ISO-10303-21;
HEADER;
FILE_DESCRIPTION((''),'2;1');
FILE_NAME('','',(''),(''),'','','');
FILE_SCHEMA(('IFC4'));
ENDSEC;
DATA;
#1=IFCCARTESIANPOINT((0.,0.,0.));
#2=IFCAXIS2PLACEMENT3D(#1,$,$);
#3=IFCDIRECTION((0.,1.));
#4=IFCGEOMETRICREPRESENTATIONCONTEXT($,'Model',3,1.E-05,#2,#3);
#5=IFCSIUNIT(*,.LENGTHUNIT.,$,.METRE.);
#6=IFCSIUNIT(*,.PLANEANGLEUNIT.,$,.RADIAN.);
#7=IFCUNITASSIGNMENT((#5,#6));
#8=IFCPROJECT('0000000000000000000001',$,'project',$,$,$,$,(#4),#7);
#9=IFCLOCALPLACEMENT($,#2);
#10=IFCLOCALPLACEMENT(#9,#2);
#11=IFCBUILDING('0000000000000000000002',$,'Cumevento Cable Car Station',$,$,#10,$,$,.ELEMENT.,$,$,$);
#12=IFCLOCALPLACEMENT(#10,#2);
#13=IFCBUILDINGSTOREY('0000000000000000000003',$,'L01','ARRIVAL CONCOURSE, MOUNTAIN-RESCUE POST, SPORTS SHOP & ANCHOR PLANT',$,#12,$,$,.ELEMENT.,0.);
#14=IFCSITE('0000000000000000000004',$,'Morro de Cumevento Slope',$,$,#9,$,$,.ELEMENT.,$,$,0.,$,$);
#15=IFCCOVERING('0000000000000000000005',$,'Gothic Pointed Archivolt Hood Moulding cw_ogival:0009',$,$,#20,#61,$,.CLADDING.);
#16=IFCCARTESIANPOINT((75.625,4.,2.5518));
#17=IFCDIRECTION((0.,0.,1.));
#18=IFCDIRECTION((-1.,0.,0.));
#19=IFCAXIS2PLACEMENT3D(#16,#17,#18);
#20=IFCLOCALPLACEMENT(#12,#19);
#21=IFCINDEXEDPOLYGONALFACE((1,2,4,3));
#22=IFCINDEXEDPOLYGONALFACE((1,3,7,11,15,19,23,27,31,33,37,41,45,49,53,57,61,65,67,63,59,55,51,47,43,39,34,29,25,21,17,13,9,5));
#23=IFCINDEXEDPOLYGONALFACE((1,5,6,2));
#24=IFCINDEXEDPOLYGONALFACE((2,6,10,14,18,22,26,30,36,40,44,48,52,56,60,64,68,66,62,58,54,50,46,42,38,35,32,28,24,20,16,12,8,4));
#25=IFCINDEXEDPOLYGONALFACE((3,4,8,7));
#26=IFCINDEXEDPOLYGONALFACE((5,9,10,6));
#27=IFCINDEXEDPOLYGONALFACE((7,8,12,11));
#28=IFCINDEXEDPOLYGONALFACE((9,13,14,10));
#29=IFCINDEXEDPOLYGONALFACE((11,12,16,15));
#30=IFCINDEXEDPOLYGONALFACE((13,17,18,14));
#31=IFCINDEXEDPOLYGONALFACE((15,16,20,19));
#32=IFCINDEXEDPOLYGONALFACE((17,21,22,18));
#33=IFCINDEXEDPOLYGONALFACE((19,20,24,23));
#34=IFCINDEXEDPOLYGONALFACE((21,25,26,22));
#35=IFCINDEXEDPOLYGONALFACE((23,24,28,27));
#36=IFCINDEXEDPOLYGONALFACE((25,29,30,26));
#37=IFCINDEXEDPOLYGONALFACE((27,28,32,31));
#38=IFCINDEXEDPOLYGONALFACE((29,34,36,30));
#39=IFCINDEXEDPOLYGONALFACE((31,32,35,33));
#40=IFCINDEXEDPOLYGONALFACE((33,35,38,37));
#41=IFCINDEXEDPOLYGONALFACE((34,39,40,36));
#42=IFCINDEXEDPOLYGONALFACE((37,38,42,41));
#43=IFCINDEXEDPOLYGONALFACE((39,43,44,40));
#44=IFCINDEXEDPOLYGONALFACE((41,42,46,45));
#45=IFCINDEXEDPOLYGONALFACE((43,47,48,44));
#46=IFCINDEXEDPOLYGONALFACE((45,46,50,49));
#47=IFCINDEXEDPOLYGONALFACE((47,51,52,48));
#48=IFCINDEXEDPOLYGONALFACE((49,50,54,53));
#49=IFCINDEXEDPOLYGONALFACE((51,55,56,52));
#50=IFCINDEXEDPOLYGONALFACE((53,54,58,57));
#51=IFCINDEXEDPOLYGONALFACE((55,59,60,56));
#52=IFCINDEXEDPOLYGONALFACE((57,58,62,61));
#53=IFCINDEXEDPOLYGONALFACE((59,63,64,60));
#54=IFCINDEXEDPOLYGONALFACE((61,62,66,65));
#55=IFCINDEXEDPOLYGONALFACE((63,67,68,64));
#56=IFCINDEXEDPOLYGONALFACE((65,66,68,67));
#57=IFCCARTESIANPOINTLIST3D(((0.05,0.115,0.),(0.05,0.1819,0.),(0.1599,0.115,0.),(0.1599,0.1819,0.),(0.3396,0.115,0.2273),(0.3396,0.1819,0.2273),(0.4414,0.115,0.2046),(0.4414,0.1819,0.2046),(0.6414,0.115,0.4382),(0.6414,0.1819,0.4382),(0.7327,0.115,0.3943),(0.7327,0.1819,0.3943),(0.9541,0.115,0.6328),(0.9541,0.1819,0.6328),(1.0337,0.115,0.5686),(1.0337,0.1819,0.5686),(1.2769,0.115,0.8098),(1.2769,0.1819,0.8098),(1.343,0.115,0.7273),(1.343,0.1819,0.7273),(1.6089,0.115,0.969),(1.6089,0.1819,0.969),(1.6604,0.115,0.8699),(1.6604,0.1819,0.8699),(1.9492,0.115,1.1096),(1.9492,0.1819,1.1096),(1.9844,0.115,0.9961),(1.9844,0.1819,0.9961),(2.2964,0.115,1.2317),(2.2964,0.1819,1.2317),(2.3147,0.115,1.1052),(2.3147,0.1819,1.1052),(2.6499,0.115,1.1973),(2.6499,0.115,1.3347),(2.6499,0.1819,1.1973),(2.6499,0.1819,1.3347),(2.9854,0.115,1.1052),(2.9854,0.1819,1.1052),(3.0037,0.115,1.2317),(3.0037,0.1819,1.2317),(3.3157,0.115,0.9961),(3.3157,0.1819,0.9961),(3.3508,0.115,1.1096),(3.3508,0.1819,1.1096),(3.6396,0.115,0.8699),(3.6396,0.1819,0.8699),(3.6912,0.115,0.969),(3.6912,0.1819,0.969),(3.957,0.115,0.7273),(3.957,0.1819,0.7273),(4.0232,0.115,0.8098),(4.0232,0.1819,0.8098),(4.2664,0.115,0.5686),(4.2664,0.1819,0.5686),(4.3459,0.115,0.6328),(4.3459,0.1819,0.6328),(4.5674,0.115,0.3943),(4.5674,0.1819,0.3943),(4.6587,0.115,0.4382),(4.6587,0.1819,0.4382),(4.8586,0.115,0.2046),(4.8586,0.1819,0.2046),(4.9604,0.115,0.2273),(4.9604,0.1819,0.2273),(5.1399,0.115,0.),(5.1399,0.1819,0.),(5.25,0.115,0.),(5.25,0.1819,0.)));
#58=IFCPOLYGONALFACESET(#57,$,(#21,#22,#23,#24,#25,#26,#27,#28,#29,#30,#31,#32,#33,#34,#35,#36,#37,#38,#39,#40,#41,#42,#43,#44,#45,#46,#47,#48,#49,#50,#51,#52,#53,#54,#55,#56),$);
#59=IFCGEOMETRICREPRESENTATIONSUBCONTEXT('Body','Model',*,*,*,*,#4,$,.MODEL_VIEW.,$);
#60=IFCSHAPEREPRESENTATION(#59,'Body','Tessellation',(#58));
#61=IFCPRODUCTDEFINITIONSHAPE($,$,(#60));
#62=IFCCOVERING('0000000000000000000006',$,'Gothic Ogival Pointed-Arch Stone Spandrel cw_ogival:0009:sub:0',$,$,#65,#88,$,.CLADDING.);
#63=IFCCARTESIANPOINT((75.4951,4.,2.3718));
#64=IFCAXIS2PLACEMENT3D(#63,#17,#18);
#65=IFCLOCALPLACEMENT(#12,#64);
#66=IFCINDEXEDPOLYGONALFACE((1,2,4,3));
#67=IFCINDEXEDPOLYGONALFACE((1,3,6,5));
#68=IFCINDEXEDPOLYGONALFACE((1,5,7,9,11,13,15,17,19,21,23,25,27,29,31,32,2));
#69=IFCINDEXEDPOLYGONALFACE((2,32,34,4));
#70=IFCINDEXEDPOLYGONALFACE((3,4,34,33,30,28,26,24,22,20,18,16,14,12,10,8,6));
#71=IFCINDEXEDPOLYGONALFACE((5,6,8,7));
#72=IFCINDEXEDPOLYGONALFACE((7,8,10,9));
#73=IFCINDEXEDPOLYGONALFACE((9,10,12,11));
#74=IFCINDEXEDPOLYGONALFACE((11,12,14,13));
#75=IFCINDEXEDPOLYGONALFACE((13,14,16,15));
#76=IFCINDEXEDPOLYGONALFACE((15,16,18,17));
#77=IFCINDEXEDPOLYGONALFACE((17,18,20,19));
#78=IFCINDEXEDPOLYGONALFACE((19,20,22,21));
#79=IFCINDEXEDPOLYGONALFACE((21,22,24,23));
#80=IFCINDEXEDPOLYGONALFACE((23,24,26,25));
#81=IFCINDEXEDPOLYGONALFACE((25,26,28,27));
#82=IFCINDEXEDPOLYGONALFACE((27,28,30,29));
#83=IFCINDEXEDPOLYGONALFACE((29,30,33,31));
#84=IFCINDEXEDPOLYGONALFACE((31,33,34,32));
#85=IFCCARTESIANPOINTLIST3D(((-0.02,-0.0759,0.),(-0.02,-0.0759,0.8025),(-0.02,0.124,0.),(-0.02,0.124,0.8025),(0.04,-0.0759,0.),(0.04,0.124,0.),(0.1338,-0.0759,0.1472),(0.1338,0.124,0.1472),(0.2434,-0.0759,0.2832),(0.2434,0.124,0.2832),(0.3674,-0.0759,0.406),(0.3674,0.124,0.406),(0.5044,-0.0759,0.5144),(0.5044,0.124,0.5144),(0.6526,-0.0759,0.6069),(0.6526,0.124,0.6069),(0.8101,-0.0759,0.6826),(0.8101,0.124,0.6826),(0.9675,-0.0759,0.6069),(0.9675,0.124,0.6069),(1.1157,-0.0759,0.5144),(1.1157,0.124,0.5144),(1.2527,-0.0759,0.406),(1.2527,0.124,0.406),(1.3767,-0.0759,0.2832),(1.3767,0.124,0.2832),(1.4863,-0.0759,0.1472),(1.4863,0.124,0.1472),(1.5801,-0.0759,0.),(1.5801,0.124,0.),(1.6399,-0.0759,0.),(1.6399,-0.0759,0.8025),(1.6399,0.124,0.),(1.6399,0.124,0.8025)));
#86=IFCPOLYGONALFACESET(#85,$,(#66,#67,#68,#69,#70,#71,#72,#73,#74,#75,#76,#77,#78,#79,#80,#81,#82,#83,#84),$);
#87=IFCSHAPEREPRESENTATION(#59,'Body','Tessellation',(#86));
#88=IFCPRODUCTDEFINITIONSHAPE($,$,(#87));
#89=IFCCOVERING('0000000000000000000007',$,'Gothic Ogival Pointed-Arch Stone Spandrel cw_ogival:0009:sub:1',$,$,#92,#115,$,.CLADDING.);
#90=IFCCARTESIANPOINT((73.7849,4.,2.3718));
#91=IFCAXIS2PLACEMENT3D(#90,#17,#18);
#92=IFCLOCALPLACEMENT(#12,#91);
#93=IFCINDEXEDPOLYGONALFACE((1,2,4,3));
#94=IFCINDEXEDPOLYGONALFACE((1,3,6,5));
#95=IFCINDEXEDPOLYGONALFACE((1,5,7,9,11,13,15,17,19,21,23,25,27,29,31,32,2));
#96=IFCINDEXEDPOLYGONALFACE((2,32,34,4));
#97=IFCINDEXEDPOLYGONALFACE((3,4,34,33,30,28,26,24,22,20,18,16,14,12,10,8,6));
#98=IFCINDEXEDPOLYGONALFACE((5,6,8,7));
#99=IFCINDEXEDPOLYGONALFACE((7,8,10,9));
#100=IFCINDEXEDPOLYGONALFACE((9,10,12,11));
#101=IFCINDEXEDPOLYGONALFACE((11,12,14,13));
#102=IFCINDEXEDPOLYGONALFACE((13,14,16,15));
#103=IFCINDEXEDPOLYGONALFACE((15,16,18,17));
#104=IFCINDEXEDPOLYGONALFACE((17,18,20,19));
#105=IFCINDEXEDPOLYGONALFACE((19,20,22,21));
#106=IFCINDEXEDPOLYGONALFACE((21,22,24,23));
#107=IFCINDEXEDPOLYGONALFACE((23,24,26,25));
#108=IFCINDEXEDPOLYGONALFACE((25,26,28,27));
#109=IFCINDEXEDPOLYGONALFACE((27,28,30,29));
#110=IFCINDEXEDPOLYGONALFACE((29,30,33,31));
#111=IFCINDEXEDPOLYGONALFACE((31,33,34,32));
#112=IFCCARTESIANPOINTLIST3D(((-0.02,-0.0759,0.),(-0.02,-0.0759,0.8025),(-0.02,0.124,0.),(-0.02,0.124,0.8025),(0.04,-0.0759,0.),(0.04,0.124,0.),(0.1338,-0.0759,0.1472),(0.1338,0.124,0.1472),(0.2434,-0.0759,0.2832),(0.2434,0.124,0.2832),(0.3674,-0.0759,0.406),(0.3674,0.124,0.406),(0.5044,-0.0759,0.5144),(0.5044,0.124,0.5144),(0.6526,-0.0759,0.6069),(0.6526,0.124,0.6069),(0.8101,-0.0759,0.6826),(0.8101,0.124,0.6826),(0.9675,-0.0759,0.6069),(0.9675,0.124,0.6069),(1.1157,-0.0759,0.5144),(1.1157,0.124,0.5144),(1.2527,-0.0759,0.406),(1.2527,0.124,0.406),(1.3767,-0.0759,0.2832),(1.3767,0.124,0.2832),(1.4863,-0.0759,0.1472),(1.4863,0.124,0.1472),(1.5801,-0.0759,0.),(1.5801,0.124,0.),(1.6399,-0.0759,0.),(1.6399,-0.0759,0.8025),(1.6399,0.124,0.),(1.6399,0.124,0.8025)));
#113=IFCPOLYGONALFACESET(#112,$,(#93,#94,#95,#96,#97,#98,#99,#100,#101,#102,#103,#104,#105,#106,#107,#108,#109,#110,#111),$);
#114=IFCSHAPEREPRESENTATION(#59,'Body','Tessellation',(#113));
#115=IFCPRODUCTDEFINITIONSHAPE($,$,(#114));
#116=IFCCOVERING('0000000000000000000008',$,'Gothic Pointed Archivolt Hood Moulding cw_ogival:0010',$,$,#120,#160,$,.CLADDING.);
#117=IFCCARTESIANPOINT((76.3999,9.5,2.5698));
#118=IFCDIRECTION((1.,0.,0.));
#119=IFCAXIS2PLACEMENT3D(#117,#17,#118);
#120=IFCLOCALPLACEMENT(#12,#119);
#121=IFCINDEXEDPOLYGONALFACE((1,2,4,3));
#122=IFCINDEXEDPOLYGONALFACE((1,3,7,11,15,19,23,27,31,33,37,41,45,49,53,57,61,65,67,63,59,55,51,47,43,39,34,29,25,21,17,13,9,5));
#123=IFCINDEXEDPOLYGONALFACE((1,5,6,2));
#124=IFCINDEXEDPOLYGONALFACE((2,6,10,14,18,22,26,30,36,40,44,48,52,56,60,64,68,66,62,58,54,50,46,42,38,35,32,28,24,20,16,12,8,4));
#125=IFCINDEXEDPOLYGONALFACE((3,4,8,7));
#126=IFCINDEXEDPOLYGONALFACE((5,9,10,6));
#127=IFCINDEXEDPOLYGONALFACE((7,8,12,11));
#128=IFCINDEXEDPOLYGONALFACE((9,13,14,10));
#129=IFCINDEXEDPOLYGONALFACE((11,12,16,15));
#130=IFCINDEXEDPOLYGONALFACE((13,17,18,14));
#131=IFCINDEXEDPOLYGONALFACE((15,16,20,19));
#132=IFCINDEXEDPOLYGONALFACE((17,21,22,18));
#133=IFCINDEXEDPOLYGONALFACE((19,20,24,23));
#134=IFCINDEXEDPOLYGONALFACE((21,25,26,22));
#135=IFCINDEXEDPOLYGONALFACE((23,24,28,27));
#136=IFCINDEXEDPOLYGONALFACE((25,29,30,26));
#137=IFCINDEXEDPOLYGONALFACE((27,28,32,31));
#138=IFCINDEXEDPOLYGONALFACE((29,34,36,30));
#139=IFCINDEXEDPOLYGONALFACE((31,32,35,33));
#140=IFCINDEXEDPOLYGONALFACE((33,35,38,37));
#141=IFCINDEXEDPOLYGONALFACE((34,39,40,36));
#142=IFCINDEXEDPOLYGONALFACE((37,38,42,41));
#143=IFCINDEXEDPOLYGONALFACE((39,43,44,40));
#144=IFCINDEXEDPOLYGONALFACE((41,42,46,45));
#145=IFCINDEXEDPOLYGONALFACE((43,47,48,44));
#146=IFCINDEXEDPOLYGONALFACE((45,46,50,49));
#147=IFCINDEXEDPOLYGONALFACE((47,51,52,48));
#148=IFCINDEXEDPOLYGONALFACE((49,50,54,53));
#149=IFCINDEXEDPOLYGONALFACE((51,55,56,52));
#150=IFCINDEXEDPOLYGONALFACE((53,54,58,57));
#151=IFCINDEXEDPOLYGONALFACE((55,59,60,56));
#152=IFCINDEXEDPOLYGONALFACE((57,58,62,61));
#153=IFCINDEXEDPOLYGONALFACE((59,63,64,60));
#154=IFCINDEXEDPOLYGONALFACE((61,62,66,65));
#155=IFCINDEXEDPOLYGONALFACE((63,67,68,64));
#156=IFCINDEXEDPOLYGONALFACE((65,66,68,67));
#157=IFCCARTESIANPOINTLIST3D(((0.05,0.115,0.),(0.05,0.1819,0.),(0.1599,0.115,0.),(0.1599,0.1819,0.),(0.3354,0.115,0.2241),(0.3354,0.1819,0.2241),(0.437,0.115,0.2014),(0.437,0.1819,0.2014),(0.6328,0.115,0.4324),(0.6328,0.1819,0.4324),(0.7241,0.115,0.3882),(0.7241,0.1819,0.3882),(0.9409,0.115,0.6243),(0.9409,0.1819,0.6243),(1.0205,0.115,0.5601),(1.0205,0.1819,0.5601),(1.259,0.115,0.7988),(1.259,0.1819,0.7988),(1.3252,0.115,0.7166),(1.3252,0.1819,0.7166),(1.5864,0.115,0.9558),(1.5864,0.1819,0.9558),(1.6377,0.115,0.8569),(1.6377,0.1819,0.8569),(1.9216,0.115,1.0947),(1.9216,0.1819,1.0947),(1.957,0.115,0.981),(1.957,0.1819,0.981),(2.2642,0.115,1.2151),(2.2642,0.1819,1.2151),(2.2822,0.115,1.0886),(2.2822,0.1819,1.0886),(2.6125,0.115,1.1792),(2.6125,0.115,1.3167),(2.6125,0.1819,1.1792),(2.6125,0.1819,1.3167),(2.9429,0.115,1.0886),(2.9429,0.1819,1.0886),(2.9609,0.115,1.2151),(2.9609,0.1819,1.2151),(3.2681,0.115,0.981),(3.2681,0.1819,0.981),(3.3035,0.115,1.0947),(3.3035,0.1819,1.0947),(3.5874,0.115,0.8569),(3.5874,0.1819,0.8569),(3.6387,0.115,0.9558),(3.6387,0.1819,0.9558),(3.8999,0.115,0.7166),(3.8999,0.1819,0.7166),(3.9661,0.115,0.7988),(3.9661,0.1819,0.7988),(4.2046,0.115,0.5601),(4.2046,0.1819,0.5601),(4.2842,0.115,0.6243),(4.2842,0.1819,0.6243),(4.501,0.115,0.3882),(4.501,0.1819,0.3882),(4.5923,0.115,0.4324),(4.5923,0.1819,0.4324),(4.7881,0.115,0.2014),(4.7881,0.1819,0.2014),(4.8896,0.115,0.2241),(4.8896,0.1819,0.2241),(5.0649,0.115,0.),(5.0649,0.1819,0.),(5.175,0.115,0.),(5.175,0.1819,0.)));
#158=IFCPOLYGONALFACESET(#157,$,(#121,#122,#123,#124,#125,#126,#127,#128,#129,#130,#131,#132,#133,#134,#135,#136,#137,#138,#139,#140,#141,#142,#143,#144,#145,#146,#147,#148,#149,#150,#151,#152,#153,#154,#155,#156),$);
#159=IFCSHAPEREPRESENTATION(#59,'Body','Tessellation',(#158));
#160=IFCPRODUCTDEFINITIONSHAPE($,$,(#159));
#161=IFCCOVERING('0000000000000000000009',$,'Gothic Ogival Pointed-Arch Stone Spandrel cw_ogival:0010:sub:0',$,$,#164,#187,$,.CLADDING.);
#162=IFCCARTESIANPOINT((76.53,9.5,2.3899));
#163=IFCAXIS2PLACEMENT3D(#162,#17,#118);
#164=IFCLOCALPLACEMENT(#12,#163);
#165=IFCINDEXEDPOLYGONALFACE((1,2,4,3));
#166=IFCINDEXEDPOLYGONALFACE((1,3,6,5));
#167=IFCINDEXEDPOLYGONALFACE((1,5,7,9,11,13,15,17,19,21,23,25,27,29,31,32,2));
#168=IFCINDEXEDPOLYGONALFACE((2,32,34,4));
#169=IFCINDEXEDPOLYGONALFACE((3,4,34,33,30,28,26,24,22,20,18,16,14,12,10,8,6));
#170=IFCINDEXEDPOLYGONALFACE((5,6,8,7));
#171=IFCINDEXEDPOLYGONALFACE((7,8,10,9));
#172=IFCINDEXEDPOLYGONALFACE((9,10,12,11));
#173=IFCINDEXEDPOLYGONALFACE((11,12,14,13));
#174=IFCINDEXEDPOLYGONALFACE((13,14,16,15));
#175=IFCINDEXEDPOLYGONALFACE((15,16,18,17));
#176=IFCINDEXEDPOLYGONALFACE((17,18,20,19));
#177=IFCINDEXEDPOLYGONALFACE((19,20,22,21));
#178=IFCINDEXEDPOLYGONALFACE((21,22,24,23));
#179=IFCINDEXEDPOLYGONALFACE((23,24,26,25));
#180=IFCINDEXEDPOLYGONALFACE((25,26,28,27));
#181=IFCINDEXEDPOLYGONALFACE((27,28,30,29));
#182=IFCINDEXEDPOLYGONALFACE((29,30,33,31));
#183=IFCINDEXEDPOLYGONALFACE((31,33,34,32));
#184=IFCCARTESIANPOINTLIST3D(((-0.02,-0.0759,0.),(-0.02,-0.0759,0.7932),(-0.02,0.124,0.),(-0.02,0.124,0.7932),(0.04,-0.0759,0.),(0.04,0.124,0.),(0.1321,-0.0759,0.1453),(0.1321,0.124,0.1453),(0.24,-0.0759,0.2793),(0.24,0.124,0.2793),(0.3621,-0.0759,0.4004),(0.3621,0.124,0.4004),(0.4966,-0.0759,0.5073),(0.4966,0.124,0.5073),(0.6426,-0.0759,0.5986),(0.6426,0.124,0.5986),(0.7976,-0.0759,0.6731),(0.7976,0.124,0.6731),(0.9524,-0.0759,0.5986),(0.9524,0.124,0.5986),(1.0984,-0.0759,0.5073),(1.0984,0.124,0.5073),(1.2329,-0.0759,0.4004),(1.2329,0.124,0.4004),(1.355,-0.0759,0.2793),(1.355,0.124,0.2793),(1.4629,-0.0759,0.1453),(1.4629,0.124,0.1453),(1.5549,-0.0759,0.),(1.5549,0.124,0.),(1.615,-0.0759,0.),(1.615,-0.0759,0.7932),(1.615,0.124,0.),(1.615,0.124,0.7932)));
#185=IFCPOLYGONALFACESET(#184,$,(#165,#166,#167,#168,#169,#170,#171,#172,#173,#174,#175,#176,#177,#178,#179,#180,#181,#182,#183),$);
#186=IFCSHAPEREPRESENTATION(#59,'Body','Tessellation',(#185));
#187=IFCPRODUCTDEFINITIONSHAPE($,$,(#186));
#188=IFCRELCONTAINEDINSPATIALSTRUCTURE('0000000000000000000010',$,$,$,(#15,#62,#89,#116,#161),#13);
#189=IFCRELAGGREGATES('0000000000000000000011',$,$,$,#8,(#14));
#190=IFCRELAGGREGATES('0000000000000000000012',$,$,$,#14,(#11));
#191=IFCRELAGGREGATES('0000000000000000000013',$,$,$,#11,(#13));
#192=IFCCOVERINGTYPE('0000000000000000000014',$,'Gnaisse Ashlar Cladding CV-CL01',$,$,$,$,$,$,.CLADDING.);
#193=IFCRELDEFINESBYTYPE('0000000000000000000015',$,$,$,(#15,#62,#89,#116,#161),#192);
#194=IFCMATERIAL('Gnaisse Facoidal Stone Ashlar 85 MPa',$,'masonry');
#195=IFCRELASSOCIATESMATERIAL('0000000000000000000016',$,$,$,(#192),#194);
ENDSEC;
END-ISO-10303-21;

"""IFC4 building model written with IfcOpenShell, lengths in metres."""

from ifc_helpers import new_model, si_unit, direction, frame, origin, place, context, subcontext, project, spatial, polyline, outline, extrude, material, type_object, element, save


model = new_model("IFC4")

# Units and contexts
model_context = context("Model", 3, precision=1e-05, world=origin(), true_north=direction((0.0, 1.0)))
body_context = subcontext(model_context, "Body", "Model", "MODEL_VIEW")
ifc_project = project(units=[si_unit("LENGTHUNIT", "METRE"), si_unit("PLANEANGLEUNIT", "RADIAN")], contexts=[model_context])

# Site, building, storey
site_placement = place(None, origin())
site = spatial("IfcSite", under=ifc_project, at=site_placement, Name="Morro de Cumevento Slope", CompositionType="ELEMENT", RefElevation=0.0)
building_placement = place(site_placement, origin())
building = spatial("IfcBuilding", under=site, at=building_placement, Name="Cumevento Cable Car Station", CompositionType="ELEMENT")
storey_placement = place(building_placement, origin())
storey = spatial("IfcBuildingStorey", under=building, at=storey_placement, Name="L01", Description="ARRIVAL CONCOURSE, MOUNTAIN-RESCUE POST, SPORTS SHOP & ANCHOR PLANT", CompositionType="ELEMENT", Elevation=0.0)

# Coverings
ifc_material_1 = material(Name="Gnaisse Facoidal Stone Ashlar 85 MPa", Category="masonry")
covering_type = type_object("IfcCoveringType", Name="Gnaisse Ashlar Cladding CV-CL01", PredefinedType="CLADDING", material=ifc_material_1)
covering_1_placement = place(storey_placement, frame((75.625, 4.0, 2.5518), z_axis=(0.0, 0.0, 1.0), x_axis=(-1.0, 0.0, 0.0)))
element("IfcCovering", 1, at=covering_1_placement, inside=storey, type_object=covering_type, Name="Gothic Pointed Archivolt Hood Moulding cw_ogival:0009", PredefinedType="CLADDING", context=body_context, shape_type="SweptSolid", body=[
    extrude(outline(polyline([(0.1599, 0.0), (0.4414, 0.2046), (0.7327, 0.3943), (1.0337, 0.5686), (1.343, 0.7273), (1.6604, 0.8699), (1.9844, 0.9961), (2.3147, 1.1052), (2.6499, 1.1973), (2.9854, 1.1052), (3.3157, 0.9961), (3.6396, 0.8699), (3.957, 0.7273), (4.2664, 0.5686), (4.5674, 0.3943), (4.8586, 0.2046), (5.1399, 0.0), (5.25, 0.0), (4.9604, 0.2273), (4.6587, 0.4382), (4.3459, 0.6328), (4.0232, 0.8098), (3.6912, 0.969), (3.3508, 1.1096), (3.0037, 1.2317), (2.6499, 1.3347), (2.2964, 1.2317), (1.9492, 1.1096), (1.6089, 0.969), (1.2769, 0.8098), (0.9541, 0.6328), (0.6414, 0.4382), (0.3396, 0.2273), (0.05, 0.0), (0.1599, 0.0)])), frame((0.0, 0.1819, 0.0), z_axis=(0.0, -1.0, 0.0), x_axis=(1.0, 0.0, 0.0)), (0.0, 0.0, 1.0), 0.0669),
])
for number, where, z_axis, x_axis, name in (
    (2, (75.4951, 4.0, 2.3718), (0.0, 0.0, 1.0), (-1.0, 0.0, 0.0), "Gothic Ogival Pointed-Arch Stone Spandrel cw_ogival:0009:sub:0"),
    (3, (73.7849, 4.0, 2.3718), (0.0, 0.0, 1.0), (-1.0, 0.0, 0.0), "Gothic Ogival Pointed-Arch Stone Spandrel cw_ogival:0009:sub:1"),
):
    element("IfcCovering", number, at=place(storey_placement, frame(where, z_axis=z_axis, x_axis=x_axis)), inside=storey, type_object=covering_type, Name=name, PredefinedType="CLADDING", context=body_context, shape_type="SweptSolid", body=[
        extrude(outline(polyline([(-0.02, 0.0), (-0.02, 0.8025), (1.6399, 0.8025), (1.6399, 0.0), (1.5801, 0.0), (1.4863, 0.1472), (1.3767, 0.2832), (1.2527, 0.406), (1.1157, 0.5144), (0.9675, 0.6069), (0.8101, 0.6826), (0.6526, 0.6069), (0.5044, 0.5144), (0.3674, 0.406), (0.2434, 0.2832), (0.1338, 0.1472), (0.04, 0.0), (-0.02, 0.0)])), frame((0.0, 0.124, 0.0), z_axis=(0.0, -1.0, 0.0), x_axis=(1.0, 0.0, 0.0)), (0.0, 0.0, 1.0), 0.2),
    ])
covering_2_placement = place(storey_placement, frame((76.3999, 9.5, 2.5698), z_axis=(0.0, 0.0, 1.0), x_axis=(1.0, 0.0, 0.0)))
element("IfcCovering", 4, at=covering_2_placement, inside=storey, type_object=covering_type, Name="Gothic Pointed Archivolt Hood Moulding cw_ogival:0010", PredefinedType="CLADDING", context=body_context, shape_type="SweptSolid", body=[
    extrude(outline(polyline([(0.1599, 0.0), (0.437, 0.2014), (0.7241, 0.3882), (1.0205, 0.5601), (1.3252, 0.7166), (1.6377, 0.8569), (1.957, 0.981), (2.2822, 1.0886), (2.6125, 1.1792), (2.9429, 1.0886), (3.2681, 0.981), (3.5874, 0.8569), (3.8999, 0.7166), (4.2046, 0.5601), (4.501, 0.3882), (4.7881, 0.2014), (5.0649, 0.0), (5.175, 0.0), (4.8896, 0.2241), (4.5923, 0.4324), (4.2842, 0.6243), (3.9661, 0.7988), (3.6387, 0.9558), (3.3035, 1.0947), (2.9609, 1.2151), (2.6125, 1.3167), (2.2642, 1.2151), (1.9216, 1.0947), (1.5864, 0.9558), (1.259, 0.7988), (0.9409, 0.6243), (0.6328, 0.4324), (0.3354, 0.2241), (0.05, 0.0), (0.1599, 0.0)])), frame((0.0, 0.1819, 0.0), z_axis=(0.0, -1.0, 0.0), x_axis=(1.0, 0.0, 0.0)), (0.0, 0.0, 1.0), 0.0669),
])
for number, where, z_axis, x_axis, name in (
    (5, (76.53, 9.5, 2.3899), (0.0, 0.0, 1.0), (1.0, 0.0, 0.0), "Gothic Ogival Pointed-Arch Stone Spandrel cw_ogival:0010:sub:0"),
):
    element("IfcCovering", number, at=place(storey_placement, frame(where, z_axis=z_axis, x_axis=x_axis)), inside=storey, type_object=covering_type, Name=name, PredefinedType="CLADDING", context=body_context, shape_type="SweptSolid", body=[
        extrude(outline(polyline([(-0.02, 0.0), (-0.02, 0.7932), (1.615, 0.7932), (1.615, 0.0), (1.5549, 0.0), (1.4629, 0.1453), (1.355, 0.2793), (1.2329, 0.4004), (1.0984, 0.5073), (0.9524, 0.5986), (0.7976, 0.6731), (0.6426, 0.5986), (0.4966, 0.5073), (0.3621, 0.4004), (0.24, 0.2793), (0.1321, 0.1453), (0.04, 0.0), (-0.02, 0.0)])), frame((0.0, 0.124, 0.0), z_axis=(0.0, -1.0, 0.0), x_axis=(1.0, 0.0, 0.0)), (0.0, 0.0, 1.0), 0.2),
    ])

save(model, "model.ifc")
